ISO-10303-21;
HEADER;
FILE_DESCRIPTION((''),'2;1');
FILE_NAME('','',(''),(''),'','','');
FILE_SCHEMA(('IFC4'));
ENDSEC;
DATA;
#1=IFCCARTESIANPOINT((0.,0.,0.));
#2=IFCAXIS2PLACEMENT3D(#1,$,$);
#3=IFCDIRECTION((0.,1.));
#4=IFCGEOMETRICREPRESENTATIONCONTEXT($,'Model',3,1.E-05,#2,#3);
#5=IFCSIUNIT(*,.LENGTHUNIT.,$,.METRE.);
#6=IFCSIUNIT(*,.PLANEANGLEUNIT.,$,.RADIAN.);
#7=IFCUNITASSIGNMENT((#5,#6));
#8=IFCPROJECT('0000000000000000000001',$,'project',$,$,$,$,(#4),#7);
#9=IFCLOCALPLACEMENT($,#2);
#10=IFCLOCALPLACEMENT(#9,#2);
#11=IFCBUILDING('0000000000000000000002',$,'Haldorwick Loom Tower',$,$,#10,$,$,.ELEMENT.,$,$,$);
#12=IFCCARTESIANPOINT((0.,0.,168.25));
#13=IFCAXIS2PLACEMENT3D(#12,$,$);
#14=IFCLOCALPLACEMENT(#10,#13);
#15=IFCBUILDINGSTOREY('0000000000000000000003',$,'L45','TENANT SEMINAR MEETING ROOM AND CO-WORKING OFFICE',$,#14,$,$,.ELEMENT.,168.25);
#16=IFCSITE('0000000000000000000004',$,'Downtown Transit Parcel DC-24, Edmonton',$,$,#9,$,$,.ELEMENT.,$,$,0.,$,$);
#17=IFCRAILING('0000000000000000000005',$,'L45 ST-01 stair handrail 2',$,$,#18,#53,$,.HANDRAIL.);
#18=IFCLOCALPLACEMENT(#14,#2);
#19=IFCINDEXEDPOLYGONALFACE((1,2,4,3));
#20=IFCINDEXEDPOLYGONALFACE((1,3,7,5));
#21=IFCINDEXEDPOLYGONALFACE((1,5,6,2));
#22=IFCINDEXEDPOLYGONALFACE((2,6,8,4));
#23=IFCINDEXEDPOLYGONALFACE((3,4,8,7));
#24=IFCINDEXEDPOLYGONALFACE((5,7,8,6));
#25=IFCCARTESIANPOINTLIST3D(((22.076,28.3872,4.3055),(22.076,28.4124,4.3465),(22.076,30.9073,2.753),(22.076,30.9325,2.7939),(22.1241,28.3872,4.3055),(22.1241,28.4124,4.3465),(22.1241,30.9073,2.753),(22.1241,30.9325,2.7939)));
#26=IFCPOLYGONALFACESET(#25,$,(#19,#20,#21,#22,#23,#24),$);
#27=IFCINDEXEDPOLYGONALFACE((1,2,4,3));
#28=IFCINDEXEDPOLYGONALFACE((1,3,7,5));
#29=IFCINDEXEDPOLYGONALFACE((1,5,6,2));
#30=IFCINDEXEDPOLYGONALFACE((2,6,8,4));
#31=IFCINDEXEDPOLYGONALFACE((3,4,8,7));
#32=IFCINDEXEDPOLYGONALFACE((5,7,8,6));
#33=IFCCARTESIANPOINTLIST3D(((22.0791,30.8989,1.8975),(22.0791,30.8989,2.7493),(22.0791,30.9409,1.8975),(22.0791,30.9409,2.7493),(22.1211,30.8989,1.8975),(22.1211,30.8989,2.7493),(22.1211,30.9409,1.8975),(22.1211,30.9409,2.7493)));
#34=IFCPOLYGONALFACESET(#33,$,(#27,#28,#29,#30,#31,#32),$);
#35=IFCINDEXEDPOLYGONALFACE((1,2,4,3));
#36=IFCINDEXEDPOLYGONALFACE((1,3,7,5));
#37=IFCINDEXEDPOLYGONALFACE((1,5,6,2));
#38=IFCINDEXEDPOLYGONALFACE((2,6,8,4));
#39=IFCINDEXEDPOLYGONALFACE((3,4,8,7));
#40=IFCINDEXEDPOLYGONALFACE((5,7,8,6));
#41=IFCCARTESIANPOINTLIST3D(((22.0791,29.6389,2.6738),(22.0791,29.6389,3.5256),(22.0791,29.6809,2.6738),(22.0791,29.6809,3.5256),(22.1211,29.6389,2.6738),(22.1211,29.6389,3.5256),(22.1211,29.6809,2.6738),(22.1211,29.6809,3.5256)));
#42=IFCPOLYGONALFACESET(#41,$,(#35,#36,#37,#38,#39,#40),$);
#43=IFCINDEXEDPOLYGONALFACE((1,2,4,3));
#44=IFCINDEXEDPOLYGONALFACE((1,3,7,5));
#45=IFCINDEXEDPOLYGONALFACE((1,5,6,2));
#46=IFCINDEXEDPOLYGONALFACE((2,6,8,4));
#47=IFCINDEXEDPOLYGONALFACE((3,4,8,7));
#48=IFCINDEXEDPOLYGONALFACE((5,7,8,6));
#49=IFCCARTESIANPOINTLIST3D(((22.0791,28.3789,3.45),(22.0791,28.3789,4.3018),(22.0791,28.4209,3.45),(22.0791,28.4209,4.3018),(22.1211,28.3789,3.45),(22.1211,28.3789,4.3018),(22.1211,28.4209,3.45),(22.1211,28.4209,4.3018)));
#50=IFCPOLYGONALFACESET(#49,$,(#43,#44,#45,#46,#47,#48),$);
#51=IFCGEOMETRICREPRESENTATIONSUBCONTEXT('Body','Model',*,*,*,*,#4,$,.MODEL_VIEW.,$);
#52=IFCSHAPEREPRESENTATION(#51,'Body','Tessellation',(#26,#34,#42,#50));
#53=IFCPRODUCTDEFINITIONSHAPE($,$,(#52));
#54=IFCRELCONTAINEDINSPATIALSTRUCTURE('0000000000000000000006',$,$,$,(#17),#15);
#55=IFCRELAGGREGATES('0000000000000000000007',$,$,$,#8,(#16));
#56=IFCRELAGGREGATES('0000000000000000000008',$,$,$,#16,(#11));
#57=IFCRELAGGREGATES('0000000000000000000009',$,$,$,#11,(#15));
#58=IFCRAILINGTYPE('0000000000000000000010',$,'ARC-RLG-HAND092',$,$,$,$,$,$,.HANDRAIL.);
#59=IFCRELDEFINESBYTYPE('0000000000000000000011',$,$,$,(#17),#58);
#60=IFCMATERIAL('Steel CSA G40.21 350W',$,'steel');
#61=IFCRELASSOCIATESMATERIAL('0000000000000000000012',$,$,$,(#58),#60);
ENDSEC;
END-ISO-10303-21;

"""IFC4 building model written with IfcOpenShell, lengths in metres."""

from ifc_helpers import new_model, si_unit, direction, frame, origin, origin_2d, place, context, subcontext, project, spatial, rectangle, extrude, material, type_object, element, save


model = new_model("IFC4")

# Units and contexts
model_context = context("Model", 3, precision=1e-05, world=origin(), true_north=direction((0.0, 1.0)))
body_context = subcontext(model_context, "Body", "Model", "MODEL_VIEW")
ifc_project = project(units=[si_unit("LENGTHUNIT", "METRE"), si_unit("PLANEANGLEUNIT", "RADIAN")], contexts=[model_context])

# Site, building, storey
site_placement = place(None, origin())
site = spatial("IfcSite", under=ifc_project, at=site_placement, Name="Downtown Transit Parcel DC-24, Edmonton", CompositionType="ELEMENT", RefElevation=0.0)
building_placement = place(site_placement, origin())
building = spatial("IfcBuilding", under=site, at=building_placement, Name="Haldorwick Loom Tower", CompositionType="ELEMENT")
storey_placement = place(building_placement, frame((0.0, 0.0, 168.25)))
storey = spatial("IfcBuildingStorey", under=building, at=storey_placement, Name="L45", Description="TENANT SEMINAR MEETING ROOM AND CO-WORKING OFFICE", CompositionType="ELEMENT", Elevation=168.25)

# Shared definitions
ifc_material_1 = material(Name="Steel CSA G40.21 350W", Category="steel")

# Railing
railing_type_1 = type_object("IfcRailingType", Name="ARC-RLG-HAND092", PredefinedType="HANDRAIL", material=ifc_material_1)
railing_1_placement = place(storey_placement, frame((22.1001, 30.9199, 1.8975)))
element("IfcRailing", 1, at=railing_1_placement, inside=storey, type_object=railing_type_1, Name="L45 ST-01 stair handrail 2", PredefinedType="HANDRAIL", context=body_context, shape_type="SweptSolid", body=[
    extrude(rectangle(XDim=0.0481, YDim=0.0481, at=origin_2d()), frame((0.0, 0.0, 0.876), z_axis=(0.0, -0.8514, 0.524516), x_axis=(1.0, 0.0, 0.0)), (0.0, 0.0, 1.0), 2.96),
    extrude(rectangle(XDim=0.042, YDim=0.042, at=origin_2d()), origin(), (0.0, 0.0, 1.0), 0.8518),
    extrude(rectangle(XDim=0.042, YDim=0.042, at=origin_2d()), frame((0.0, -1.26, 0.7764)), (0.0, 0.0, 1.0), 0.8518),
    extrude(rectangle(XDim=0.042, YDim=0.042, at=origin_2d()), frame((0.0, -2.52, 1.5525)), (0.0, 0.0, 1.0), 0.8518),
])

save(model, "model.ifc")
